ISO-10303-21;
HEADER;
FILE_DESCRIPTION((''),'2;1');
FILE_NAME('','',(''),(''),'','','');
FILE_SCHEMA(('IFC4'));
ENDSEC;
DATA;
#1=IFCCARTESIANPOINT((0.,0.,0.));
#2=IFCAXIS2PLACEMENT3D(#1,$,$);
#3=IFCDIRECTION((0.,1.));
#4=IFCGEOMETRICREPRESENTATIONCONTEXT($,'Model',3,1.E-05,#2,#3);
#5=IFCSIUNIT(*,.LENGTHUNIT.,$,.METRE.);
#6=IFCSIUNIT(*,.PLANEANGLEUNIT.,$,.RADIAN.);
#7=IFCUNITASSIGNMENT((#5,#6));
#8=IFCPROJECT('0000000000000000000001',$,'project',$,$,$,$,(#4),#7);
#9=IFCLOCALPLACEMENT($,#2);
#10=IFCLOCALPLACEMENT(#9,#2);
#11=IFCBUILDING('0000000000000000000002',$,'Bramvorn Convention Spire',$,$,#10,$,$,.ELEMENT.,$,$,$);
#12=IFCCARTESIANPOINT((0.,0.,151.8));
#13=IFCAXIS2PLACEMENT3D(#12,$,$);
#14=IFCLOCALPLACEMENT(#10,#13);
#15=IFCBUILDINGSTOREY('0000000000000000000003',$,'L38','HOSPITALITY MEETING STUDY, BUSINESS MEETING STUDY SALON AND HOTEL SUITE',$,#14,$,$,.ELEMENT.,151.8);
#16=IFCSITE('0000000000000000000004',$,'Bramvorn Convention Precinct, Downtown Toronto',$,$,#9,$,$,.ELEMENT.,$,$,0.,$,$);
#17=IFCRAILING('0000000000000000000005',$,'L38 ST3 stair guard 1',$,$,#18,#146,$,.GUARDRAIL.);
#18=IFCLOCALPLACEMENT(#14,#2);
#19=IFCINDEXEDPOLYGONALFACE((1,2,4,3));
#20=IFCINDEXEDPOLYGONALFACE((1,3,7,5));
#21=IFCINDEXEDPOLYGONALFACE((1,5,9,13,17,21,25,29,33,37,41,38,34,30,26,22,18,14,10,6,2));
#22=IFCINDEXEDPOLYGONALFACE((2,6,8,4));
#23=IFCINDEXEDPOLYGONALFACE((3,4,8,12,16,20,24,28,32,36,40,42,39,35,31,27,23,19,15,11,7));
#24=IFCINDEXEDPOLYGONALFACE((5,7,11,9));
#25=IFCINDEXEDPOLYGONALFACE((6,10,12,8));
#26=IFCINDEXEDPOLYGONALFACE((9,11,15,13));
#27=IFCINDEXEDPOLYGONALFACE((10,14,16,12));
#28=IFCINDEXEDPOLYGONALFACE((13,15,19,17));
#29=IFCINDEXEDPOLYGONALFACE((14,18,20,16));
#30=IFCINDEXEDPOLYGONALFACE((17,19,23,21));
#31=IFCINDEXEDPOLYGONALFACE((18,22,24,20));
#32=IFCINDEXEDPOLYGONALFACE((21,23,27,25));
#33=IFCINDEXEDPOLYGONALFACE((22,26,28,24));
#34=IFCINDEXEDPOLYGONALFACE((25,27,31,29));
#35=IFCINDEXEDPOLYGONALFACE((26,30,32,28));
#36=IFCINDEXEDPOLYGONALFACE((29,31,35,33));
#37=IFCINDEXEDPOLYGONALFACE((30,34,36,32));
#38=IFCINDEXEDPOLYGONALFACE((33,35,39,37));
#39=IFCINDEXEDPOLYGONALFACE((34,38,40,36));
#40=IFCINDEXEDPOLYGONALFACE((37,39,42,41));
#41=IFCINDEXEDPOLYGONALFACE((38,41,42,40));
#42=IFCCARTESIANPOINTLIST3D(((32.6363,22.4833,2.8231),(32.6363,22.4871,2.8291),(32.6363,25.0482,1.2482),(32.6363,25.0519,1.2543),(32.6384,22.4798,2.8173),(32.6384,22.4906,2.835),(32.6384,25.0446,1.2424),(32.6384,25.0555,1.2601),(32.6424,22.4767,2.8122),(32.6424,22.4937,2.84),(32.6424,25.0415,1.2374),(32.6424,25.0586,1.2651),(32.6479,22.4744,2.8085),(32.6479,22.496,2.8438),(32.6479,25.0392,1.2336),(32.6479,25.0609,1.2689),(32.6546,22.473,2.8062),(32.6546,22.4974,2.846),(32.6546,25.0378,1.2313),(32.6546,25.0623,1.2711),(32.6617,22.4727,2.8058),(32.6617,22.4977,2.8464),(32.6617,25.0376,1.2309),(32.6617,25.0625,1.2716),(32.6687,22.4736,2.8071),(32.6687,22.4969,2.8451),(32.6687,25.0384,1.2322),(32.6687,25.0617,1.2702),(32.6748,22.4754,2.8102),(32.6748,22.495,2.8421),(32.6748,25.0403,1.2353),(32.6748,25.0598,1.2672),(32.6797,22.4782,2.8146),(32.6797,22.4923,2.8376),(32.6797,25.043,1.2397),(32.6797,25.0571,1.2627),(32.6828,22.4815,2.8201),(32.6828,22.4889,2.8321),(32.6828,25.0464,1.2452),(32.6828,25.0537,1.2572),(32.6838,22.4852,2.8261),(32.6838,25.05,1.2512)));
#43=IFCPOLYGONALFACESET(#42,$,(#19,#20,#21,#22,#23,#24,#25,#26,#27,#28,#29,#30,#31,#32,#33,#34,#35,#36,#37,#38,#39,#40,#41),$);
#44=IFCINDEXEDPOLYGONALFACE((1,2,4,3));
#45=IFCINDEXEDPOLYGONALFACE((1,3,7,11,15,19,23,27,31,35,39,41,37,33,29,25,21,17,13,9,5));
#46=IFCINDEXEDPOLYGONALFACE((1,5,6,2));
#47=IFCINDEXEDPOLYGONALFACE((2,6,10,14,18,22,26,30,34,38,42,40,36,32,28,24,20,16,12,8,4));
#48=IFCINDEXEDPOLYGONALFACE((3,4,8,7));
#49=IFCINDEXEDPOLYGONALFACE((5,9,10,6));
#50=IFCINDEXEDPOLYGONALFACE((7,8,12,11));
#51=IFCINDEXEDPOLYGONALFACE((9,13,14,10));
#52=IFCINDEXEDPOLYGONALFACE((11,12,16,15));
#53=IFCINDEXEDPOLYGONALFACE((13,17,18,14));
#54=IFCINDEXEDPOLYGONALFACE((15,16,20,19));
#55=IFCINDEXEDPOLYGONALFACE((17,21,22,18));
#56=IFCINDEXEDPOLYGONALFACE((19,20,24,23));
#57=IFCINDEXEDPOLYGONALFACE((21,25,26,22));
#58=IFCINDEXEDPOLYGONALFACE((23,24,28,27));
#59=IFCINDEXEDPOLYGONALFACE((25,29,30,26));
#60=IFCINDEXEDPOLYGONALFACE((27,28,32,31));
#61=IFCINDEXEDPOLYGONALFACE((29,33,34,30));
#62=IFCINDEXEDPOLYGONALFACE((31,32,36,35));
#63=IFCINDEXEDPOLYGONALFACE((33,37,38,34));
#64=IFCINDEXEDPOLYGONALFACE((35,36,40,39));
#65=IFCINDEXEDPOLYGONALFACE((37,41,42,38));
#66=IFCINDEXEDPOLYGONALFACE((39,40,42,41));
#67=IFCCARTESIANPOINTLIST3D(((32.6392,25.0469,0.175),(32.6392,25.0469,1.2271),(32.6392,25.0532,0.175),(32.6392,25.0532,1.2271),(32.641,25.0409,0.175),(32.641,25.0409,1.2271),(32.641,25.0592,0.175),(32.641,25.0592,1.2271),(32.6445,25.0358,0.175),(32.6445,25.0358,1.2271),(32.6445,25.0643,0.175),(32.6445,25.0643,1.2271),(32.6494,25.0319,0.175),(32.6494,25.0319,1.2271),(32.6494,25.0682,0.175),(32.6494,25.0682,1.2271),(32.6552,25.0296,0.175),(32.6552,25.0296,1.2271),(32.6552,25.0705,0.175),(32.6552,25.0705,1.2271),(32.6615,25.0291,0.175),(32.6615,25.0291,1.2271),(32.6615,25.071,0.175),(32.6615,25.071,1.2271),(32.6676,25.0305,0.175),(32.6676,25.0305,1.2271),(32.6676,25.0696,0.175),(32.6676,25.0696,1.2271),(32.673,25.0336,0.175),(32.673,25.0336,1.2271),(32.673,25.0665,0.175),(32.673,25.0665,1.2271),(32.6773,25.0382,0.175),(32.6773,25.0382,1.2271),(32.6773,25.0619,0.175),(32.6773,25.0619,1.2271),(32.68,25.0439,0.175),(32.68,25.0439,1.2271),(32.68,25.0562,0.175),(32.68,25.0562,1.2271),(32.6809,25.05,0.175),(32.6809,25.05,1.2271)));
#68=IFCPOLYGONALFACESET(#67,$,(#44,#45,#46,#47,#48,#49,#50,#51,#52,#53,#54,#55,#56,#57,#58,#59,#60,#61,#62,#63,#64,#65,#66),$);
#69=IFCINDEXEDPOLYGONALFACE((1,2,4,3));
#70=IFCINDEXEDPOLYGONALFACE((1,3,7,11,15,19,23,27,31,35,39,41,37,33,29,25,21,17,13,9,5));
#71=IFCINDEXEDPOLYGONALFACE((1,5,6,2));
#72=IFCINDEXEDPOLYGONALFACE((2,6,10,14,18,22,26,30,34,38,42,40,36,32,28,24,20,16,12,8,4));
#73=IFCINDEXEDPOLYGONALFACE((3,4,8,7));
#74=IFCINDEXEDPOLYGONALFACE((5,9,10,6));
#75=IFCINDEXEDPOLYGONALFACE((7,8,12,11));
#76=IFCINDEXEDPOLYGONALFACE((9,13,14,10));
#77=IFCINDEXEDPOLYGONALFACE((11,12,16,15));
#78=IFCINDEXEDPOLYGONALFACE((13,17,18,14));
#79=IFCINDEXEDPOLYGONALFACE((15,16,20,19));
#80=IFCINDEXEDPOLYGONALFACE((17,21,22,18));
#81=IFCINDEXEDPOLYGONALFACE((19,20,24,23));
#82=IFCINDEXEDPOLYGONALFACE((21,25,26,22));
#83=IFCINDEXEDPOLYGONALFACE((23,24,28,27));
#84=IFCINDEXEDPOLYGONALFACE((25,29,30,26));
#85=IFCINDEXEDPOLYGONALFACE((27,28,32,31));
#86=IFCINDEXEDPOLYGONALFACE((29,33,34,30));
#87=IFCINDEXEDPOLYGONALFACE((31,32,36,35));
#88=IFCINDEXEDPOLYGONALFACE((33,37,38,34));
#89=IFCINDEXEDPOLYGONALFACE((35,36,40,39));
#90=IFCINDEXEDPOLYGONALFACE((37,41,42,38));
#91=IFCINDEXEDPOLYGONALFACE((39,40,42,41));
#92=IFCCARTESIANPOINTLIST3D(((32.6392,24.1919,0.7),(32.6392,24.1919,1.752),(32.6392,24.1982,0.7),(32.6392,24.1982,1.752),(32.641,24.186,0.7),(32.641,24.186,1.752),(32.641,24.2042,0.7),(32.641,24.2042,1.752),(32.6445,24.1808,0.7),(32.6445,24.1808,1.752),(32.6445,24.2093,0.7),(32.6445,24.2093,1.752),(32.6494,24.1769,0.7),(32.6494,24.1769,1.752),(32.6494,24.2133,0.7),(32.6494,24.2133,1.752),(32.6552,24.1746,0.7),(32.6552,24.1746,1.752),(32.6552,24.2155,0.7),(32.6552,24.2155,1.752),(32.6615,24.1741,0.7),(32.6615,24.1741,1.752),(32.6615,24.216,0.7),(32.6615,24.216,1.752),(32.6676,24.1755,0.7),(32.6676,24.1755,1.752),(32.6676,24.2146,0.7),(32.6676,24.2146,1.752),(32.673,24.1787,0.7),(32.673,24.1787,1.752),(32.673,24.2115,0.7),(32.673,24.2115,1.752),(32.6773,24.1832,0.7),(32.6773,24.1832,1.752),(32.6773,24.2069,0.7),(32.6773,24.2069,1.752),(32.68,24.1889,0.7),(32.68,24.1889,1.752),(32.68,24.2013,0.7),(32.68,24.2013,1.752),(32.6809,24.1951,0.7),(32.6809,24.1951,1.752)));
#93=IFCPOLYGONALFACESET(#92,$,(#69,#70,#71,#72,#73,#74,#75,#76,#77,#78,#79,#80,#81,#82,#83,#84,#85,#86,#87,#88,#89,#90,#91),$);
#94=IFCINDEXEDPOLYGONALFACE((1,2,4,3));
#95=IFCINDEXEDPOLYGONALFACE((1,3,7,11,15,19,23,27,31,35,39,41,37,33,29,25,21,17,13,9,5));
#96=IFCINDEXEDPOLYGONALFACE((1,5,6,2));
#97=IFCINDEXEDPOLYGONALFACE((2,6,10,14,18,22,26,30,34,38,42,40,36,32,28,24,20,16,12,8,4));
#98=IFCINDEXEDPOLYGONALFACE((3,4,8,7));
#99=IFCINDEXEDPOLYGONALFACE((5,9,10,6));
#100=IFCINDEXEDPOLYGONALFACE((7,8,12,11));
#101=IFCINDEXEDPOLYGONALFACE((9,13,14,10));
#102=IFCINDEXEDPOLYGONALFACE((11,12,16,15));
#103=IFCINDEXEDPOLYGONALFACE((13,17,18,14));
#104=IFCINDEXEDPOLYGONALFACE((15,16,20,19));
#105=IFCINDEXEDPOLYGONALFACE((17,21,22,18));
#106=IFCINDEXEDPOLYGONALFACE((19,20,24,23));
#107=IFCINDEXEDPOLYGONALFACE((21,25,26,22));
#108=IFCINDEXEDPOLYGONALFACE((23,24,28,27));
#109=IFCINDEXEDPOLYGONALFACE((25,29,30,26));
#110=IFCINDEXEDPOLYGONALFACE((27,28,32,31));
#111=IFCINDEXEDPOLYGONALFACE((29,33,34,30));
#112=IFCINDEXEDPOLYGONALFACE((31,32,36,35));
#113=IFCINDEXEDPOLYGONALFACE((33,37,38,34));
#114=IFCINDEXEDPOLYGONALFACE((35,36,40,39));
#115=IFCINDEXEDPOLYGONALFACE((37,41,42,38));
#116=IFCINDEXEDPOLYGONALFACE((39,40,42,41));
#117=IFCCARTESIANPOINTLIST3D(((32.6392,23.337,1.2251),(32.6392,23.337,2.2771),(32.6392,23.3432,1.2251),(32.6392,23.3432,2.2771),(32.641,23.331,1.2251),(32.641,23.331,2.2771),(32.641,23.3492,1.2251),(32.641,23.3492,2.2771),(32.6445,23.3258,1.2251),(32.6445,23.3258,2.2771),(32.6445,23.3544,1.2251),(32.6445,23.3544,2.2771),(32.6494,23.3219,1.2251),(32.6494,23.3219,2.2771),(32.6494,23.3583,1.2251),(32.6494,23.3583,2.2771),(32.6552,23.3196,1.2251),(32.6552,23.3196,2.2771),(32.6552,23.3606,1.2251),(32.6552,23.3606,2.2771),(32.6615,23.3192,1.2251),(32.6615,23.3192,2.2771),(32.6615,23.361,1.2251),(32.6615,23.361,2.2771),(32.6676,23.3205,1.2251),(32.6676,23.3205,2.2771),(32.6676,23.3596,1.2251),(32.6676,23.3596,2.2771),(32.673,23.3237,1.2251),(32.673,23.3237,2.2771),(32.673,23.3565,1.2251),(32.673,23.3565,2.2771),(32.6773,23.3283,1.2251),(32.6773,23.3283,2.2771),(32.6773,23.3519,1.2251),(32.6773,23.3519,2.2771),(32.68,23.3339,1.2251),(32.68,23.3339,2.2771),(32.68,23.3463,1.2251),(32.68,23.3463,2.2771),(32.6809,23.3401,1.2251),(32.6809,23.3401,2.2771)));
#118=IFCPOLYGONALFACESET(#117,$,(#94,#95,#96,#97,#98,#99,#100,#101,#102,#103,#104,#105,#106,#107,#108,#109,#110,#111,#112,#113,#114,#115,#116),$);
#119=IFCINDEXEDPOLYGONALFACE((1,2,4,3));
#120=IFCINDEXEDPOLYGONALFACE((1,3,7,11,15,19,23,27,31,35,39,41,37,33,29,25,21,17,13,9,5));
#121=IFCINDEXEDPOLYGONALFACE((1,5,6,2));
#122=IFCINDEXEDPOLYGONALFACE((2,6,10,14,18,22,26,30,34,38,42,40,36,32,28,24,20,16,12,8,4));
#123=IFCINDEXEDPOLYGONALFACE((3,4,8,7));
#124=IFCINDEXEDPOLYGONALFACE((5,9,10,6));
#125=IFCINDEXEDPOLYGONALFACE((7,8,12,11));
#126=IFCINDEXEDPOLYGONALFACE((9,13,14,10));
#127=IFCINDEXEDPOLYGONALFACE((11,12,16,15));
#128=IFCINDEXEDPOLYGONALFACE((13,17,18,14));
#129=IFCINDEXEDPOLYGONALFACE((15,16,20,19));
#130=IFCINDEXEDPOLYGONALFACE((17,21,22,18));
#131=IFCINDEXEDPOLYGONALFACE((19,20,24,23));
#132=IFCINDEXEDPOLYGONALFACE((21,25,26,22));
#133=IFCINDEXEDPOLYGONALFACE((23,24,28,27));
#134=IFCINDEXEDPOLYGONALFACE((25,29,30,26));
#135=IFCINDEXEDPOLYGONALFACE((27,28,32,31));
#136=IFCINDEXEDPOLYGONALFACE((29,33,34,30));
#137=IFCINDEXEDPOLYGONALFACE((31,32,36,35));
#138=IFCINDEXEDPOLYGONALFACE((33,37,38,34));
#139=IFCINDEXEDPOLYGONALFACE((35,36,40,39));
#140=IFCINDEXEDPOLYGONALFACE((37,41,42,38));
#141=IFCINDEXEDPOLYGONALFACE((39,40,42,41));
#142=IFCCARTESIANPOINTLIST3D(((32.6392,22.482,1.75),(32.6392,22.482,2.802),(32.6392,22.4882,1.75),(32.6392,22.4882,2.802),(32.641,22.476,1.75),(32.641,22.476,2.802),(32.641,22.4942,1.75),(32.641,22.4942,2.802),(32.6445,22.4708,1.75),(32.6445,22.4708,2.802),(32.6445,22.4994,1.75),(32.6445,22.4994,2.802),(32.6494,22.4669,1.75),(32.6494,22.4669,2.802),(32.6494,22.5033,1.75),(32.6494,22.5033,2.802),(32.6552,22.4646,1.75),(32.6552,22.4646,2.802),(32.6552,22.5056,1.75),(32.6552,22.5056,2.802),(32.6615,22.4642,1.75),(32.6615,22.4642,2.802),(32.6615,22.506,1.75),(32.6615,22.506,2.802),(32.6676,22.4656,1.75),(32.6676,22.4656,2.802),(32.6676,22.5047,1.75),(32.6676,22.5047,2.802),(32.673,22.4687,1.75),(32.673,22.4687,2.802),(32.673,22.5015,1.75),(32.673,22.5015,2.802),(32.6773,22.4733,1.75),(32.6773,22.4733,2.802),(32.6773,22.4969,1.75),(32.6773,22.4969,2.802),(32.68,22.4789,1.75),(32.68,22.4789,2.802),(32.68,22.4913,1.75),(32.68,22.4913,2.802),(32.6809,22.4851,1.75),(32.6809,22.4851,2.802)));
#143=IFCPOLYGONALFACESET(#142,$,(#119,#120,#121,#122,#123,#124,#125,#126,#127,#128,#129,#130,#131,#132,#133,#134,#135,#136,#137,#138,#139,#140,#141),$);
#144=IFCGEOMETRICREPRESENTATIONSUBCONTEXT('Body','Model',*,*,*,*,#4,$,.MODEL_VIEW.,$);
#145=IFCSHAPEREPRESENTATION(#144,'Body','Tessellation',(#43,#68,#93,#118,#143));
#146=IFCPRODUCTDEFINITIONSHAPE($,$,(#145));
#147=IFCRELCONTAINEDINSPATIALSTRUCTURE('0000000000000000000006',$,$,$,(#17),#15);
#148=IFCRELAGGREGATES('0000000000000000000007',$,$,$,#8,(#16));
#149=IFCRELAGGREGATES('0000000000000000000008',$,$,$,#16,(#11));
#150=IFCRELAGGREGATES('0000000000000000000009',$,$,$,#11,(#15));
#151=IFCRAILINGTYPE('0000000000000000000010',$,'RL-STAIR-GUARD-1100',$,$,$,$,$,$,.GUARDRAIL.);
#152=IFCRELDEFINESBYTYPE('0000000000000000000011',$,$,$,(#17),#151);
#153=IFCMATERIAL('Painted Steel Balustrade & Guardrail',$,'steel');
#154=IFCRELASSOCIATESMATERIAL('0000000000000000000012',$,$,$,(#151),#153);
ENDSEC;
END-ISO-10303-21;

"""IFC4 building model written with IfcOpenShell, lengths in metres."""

from ifc_helpers import new_model, si_unit, direction, frame, origin, origin_2d, place, context, subcontext, project, spatial, circle, extrude, material, type_object, element, save


model = new_model("IFC4")

# Units and contexts
model_context = context("Model", 3, precision=1e-05, world=origin(), true_north=direction((0.0, 1.0)))
body_context = subcontext(model_context, "Body", "Model", "MODEL_VIEW")
ifc_project = project(units=[si_unit("LENGTHUNIT", "METRE"), si_unit("PLANEANGLEUNIT", "RADIAN")], contexts=[model_context])

# Site, building, storey
site_placement = place(None, origin())
site = spatial("IfcSite", under=ifc_project, at=site_placement, Name="Bramvorn Convention Precinct, Downtown Toronto", CompositionType="ELEMENT", RefElevation=0.0)
building_placement = place(site_placement, origin())
building = spatial("IfcBuilding", under=site, at=building_placement, Name="Bramvorn Convention Spire", CompositionType="ELEMENT")
storey_placement = place(building_placement, frame((0.0, 0.0, 151.8)))
storey = spatial("IfcBuildingStorey", under=building, at=storey_placement, Name="L38", Description="HOSPITALITY MEETING STUDY, BUSINESS MEETING STUDY SALON AND HOTEL SUITE", CompositionType="ELEMENT", Elevation=151.8)

# Railing
ifc_material_1 = material(Name="Painted Steel Balustrade & Guardrail", Category="steel")
railing_type_1 = type_object("IfcRailingType", Name="RL-STAIR-GUARD-1100", PredefinedType="GUARDRAIL", material=ifc_material_1)
railing_1_placement = place(storey_placement, frame((32.6599, 25.05, 0.175)))
element("IfcRailing", 1, at=railing_1_placement, inside=storey, type_object=railing_type_1, Name="L38 ST3 stair guard 1", PredefinedType="GUARDRAIL", context=body_context, shape_type="SweptSolid", body=[
    extrude(circle(Radius=0.0239, at=origin_2d()), frame((0.0, 0.0, 1.0762), z_axis=(0.0, -0.852173, 0.52326), x_axis=(1.0, 0.0, 0.0)), (0.0, 0.0, 1.0), 3.0098),
    extrude(circle(Radius=0.021, at=origin_2d()), origin(), (0.0, 0.0, 1.0), 1.052),
    extrude(circle(Radius=0.021, at=origin_2d()), frame((0.0, -0.855, 0.5249)), (0.0, 0.0, 1.0), 1.052),
    extrude(circle(Radius=0.021, at=origin_2d()), frame((0.0, -1.71, 1.05)), (0.0, 0.0, 1.0), 1.052),
    extrude(circle(Radius=0.021, at=origin_2d()), frame((0.0, -2.5649, 1.575)), (0.0, 0.0, 1.0), 1.052),
])

save(model, "model.ifc")
